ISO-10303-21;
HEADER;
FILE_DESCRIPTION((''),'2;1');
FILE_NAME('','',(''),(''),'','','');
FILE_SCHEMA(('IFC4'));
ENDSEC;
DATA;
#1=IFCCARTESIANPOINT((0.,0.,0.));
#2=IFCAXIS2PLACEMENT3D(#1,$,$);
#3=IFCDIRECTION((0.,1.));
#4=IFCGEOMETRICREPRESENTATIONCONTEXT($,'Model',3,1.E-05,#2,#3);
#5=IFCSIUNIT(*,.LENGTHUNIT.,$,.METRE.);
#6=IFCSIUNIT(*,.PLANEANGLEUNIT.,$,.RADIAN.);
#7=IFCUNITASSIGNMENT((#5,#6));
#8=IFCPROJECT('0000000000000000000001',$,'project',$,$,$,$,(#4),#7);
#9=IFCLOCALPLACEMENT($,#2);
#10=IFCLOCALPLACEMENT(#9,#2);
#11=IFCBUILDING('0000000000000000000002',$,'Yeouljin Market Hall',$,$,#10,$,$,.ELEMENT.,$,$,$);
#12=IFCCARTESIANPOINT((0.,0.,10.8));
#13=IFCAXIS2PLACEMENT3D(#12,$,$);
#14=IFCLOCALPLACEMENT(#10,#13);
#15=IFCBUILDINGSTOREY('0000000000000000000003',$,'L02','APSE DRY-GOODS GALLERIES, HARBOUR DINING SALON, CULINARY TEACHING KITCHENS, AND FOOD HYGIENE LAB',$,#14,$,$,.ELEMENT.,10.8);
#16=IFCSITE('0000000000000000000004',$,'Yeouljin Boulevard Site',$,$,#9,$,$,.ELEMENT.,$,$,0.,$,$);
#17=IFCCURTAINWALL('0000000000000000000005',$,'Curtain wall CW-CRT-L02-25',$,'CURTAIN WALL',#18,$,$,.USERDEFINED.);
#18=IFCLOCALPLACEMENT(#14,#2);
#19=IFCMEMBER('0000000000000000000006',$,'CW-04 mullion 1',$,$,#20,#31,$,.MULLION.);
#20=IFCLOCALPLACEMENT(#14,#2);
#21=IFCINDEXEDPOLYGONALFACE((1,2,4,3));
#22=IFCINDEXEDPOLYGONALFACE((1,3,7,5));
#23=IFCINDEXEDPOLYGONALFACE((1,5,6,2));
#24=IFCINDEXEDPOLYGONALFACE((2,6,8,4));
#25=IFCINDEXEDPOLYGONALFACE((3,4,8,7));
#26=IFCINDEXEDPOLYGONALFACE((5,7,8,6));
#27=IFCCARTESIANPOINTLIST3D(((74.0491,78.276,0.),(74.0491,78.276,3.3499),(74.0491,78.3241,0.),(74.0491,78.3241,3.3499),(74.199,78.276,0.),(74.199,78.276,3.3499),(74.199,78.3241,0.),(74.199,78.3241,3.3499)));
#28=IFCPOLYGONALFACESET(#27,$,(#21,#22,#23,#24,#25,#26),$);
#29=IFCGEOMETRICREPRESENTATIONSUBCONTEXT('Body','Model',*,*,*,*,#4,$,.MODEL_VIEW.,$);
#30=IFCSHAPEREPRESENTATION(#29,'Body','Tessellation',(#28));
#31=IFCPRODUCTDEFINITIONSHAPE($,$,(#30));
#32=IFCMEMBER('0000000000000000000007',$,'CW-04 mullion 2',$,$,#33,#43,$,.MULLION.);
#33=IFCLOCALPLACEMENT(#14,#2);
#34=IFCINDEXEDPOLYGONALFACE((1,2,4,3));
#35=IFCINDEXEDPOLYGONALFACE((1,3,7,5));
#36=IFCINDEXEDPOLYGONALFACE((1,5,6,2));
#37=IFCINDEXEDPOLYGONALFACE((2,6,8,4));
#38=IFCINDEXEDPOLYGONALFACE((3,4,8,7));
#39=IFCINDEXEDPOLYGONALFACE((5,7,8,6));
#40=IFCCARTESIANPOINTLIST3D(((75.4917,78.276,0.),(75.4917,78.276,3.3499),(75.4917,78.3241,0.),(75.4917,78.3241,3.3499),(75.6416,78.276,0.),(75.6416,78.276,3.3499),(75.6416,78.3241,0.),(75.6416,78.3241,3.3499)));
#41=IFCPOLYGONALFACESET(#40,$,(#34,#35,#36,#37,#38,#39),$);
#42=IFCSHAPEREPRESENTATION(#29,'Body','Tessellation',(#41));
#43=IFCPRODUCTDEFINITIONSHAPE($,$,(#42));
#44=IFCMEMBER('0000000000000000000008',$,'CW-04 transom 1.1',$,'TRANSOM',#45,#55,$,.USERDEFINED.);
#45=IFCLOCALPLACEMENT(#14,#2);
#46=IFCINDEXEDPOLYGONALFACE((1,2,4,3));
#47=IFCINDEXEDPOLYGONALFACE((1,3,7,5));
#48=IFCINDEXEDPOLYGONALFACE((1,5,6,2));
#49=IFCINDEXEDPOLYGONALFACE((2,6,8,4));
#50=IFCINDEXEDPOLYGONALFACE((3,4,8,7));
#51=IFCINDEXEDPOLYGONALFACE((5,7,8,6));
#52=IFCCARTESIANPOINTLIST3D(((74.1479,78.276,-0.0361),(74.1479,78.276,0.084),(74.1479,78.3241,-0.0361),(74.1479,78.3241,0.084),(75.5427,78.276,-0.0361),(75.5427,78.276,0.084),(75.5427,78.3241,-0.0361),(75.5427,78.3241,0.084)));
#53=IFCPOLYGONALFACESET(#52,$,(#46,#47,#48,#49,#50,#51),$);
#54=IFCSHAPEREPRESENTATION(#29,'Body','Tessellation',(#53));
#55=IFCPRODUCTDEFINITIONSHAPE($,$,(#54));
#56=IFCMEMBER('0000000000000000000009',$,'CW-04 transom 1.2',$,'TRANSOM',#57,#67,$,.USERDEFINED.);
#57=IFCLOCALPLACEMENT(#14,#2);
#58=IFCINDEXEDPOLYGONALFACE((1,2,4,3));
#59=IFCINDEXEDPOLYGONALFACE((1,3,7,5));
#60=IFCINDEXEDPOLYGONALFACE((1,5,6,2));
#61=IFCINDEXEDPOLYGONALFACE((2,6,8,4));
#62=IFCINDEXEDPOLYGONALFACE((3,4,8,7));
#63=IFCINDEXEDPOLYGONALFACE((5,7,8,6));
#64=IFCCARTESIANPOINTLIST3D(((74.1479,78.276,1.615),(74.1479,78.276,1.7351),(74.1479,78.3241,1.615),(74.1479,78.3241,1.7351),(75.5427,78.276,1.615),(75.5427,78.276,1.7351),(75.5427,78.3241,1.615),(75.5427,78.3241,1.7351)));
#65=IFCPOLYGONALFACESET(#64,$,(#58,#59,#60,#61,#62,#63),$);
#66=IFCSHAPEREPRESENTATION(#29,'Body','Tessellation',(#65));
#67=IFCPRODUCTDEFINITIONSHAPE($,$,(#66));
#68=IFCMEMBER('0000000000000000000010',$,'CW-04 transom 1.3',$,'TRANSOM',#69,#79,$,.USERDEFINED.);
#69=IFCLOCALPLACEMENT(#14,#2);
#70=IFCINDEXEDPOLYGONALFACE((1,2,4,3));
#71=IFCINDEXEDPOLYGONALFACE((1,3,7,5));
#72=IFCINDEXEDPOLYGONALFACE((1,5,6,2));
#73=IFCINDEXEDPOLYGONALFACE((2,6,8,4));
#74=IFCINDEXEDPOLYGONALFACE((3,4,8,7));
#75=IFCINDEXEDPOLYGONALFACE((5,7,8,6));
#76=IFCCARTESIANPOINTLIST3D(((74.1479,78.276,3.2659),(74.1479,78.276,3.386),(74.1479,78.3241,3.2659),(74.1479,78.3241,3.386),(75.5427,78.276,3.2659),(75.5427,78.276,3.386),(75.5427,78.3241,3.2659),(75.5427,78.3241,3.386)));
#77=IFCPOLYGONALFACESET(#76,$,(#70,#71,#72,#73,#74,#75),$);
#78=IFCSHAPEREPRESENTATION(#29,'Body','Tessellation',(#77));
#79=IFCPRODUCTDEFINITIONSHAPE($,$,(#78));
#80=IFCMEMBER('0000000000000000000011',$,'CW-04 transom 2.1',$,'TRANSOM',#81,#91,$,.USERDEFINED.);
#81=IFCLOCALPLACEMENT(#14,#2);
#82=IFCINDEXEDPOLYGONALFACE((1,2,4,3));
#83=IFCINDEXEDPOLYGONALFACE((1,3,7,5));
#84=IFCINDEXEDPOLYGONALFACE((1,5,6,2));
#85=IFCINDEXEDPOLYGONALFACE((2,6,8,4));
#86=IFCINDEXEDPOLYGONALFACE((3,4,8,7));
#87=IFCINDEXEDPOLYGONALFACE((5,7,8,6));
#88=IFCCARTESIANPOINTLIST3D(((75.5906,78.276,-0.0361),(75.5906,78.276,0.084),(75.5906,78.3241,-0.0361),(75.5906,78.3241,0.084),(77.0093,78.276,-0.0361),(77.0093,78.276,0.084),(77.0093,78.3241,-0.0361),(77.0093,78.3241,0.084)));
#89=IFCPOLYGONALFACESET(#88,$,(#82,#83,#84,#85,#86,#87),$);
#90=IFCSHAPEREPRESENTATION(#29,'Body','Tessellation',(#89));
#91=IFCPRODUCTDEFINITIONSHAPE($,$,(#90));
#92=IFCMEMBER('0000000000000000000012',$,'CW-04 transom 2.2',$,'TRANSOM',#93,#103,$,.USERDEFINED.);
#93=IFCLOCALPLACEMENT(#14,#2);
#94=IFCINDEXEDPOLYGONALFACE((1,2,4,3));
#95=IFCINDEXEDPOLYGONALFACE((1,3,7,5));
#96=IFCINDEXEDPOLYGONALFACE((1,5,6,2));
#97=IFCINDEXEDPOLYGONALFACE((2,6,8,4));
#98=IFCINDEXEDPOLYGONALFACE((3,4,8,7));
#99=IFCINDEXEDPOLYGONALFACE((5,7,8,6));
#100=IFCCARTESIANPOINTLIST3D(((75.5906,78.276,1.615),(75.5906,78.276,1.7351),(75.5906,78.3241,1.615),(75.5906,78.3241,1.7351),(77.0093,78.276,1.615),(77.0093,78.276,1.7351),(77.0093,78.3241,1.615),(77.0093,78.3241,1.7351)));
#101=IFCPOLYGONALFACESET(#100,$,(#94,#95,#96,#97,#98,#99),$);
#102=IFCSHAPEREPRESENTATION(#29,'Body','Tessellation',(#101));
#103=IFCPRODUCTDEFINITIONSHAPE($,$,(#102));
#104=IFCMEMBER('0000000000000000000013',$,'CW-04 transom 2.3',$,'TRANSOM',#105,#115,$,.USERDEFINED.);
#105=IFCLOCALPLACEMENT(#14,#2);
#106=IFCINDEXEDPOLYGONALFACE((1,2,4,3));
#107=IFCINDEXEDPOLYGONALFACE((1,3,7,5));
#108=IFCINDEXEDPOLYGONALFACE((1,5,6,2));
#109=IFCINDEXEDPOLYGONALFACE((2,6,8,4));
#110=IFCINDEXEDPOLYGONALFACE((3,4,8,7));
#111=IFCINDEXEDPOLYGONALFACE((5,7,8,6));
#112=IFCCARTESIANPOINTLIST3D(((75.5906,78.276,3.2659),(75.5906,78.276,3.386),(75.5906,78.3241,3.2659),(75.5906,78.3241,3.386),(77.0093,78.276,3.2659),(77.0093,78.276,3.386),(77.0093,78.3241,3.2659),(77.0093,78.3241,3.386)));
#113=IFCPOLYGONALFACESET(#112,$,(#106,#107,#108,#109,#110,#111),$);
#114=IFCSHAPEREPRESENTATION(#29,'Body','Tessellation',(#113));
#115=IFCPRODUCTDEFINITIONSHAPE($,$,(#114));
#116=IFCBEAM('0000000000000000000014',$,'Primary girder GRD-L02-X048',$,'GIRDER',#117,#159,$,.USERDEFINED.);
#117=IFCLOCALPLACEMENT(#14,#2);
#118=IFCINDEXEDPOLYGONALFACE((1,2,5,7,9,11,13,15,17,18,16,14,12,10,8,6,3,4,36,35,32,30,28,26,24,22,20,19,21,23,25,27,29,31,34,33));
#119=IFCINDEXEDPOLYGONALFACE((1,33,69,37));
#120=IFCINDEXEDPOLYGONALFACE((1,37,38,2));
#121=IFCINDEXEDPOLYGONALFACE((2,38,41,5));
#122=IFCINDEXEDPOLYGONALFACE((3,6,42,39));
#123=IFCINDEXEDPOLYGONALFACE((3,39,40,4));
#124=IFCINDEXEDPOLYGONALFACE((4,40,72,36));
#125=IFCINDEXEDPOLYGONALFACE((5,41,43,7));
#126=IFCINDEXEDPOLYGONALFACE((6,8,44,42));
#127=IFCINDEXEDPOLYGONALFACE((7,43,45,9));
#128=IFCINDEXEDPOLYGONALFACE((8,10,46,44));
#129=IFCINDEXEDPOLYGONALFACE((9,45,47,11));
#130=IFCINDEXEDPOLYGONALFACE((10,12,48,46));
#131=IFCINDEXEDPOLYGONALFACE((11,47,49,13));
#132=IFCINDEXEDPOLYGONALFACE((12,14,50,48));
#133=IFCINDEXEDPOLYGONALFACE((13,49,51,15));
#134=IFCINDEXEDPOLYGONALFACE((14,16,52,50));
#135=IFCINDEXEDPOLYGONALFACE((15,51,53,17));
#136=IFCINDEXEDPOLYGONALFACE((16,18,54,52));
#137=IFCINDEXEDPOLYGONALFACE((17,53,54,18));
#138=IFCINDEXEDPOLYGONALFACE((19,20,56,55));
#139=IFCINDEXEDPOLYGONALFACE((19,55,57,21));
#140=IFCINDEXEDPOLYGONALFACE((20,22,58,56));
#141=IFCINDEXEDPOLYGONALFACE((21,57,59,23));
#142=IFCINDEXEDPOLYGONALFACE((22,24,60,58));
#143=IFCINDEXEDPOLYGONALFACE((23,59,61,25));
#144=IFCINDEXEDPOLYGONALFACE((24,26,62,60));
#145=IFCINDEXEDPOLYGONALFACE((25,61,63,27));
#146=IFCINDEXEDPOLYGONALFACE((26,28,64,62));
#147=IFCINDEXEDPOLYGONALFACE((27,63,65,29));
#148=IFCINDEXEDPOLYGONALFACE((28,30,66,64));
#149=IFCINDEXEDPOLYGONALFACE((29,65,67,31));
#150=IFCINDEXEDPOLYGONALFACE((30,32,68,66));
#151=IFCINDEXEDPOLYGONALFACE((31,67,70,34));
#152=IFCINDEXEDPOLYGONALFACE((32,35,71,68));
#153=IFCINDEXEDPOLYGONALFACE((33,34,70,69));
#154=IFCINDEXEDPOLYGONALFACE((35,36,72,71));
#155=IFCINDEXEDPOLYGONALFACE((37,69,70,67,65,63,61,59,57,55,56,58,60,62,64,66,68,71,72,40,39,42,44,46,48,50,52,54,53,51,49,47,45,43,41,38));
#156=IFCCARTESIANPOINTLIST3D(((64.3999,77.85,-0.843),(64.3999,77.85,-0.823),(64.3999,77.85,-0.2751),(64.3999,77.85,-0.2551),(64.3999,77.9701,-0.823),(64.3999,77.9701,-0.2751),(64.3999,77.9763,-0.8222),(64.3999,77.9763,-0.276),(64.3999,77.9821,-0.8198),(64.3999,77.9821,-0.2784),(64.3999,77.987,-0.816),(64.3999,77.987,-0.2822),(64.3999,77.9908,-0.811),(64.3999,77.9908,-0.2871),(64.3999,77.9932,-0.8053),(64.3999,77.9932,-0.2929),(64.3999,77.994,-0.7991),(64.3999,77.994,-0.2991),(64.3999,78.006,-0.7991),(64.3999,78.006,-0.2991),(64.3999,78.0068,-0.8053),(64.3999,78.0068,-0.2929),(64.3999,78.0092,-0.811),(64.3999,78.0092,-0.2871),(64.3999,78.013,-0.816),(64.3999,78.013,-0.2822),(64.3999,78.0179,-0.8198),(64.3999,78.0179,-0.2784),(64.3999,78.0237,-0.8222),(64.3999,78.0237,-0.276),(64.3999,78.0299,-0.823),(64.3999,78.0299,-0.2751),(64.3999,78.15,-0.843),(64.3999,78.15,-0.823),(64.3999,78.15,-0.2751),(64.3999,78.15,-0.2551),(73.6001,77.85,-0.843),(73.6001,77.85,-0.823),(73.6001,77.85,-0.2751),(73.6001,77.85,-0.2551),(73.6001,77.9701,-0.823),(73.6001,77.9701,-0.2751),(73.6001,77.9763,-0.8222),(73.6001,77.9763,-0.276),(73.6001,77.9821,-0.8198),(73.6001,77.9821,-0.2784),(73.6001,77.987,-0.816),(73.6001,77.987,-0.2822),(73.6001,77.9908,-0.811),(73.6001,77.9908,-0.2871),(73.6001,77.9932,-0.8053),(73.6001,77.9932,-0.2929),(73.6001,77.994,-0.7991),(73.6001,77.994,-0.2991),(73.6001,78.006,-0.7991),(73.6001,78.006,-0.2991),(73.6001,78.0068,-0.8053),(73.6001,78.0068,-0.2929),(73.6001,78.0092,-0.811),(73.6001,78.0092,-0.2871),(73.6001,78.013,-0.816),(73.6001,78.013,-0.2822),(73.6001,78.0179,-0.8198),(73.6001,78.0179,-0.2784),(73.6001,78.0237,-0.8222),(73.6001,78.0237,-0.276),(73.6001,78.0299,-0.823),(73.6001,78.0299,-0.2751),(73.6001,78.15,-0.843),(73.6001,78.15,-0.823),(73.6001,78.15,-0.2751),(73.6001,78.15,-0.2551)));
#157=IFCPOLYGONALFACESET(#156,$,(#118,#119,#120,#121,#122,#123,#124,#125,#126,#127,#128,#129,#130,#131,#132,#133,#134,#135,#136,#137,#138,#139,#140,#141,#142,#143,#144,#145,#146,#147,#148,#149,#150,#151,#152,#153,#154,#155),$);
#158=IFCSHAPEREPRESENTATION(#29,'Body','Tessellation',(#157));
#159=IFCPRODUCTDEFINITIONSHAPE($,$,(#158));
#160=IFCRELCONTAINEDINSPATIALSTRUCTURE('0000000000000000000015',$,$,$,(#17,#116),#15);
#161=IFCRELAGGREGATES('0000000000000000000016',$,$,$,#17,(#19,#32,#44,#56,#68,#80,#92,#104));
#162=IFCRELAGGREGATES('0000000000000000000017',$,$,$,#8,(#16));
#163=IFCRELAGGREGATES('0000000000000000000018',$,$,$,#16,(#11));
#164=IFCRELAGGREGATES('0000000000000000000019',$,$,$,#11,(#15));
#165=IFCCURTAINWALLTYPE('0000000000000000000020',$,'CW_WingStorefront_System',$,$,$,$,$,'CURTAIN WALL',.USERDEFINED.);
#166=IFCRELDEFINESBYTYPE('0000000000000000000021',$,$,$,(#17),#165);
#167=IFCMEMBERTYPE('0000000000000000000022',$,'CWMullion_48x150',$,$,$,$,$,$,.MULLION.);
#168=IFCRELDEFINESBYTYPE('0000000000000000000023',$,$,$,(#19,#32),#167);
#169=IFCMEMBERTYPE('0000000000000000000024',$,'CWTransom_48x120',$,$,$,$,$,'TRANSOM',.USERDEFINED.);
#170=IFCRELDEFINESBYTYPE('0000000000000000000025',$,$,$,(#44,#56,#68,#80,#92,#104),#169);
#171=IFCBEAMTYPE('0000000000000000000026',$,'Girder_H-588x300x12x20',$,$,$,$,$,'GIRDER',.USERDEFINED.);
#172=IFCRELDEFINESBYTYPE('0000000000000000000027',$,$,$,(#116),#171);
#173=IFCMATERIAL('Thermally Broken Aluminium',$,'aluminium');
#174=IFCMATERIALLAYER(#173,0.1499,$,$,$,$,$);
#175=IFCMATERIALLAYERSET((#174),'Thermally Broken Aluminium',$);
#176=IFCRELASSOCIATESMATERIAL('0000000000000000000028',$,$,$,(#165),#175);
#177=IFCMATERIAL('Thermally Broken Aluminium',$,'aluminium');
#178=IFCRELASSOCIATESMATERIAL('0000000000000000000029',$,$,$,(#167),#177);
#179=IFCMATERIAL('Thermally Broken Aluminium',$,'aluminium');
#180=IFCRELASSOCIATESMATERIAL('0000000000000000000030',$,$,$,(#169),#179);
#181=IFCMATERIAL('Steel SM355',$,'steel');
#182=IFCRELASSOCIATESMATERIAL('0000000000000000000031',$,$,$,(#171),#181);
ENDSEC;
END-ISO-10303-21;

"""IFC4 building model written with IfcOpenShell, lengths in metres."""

from ifc_helpers import new_model, si_unit, direction, frame, origin, origin_2d, place, context, subcontext, project, spatial, rectangle, i_section, extrude, material, layer, layer_set, material_profile, profile_set, type_object, element, aggregate, save


model = new_model("IFC4")

# Units and contexts
model_context = context("Model", 3, precision=1e-05, world=origin(), true_north=direction((0.0, 1.0)))
body_context = subcontext(model_context, "Body", "Model", "MODEL_VIEW")
ifc_project = project(units=[si_unit("LENGTHUNIT", "METRE"), si_unit("PLANEANGLEUNIT", "RADIAN")], contexts=[model_context])

# Site, building, storey
site_placement = place(None, origin())
site = spatial("IfcSite", under=ifc_project, at=site_placement, Name="Yeouljin Boulevard Site", CompositionType="ELEMENT", RefElevation=0.0)
building_placement = place(site_placement, origin())
building = spatial("IfcBuilding", under=site, at=building_placement, Name="Yeouljin Market Hall", CompositionType="ELEMENT")
storey_placement = place(building_placement, frame((0.0, 0.0, 10.8)))
storey = spatial("IfcBuildingStorey", under=building, at=storey_placement, Name="L02", Description="APSE DRY-GOODS GALLERIES, HARBOUR DINING SALON, CULINARY TEACHING KITCHENS, AND FOOD HYGIENE LAB", CompositionType="ELEMENT", Elevation=10.8)

# Curtain wall, members
ifc_material_1 = material(Name="Thermally Broken Aluminium", Category="aluminium")
ifc_layer_1 = layer(ifc_material_1, 0.1499)
ifc_layer_set_1 = layer_set([ifc_layer_1], Name="Thermally Broken Aluminium")
curtain_wall_type = type_object("IfcCurtainWallType", Name="CW_WingStorefront_System", ElementType="CURTAIN WALL", PredefinedType="USERDEFINED", material=ifc_layer_set_1)
curtain_wall_placement = place(storey_placement, origin())
curtain_wall = element("IfcCurtainWall", 1, at=curtain_wall_placement, inside=storey, type_object=curtain_wall_type, Name="Curtain wall CW-CRT-L02-25", ObjectType="CURTAIN WALL", PredefinedType="USERDEFINED")
ifc_material_2 = material(Name="Thermally Broken Aluminium", Category="aluminium")
ifc_material_profile_1 = material_profile(ifc_material_2, rectangle(XDim=0.0481, YDim=0.1499, at=origin_2d()), Name="CW-MULL-48x150")
ifc_profile_set_1 = profile_set([ifc_material_profile_1], Name="Thermally Broken Aluminium")
member_type_1 = type_object("IfcMemberType", Name="CWMullion_48x150", PredefinedType="MULLION", material=ifc_profile_set_1)
member_1_placement = place(storey_placement, frame((74.124, 78.3, 0.0), z_axis=(0.0, 0.0, 1.0), x_axis=(0.0, 1.0, 0.0)))
member_1 = element("IfcMember", 2, at=member_1_placement, type_object=member_type_1, Name="CW-04 mullion 1", PredefinedType="MULLION", context=body_context, shape_type="SweptSolid", body=[
    extrude(rectangle(XDim=0.0481, YDim=0.1499, at=origin_2d()), origin(), (0.0, 0.0, 1.0), 3.3499),
])
member_2_placement = place(storey_placement, frame((75.5667, 78.3, 0.0), z_axis=(0.0, 0.0, 1.0), x_axis=(0.0, 1.0, 0.0)))
member_2 = element("IfcMember", 3, at=member_2_placement, type_object=member_type_1, Name="CW-04 mullion 2", PredefinedType="MULLION", context=body_context, shape_type="SweptSolid", body=[
    extrude(rectangle(XDim=0.0481, YDim=0.1499, at=origin_2d()), origin(), (0.0, 0.0, 1.0), 3.3499),
])
ifc_material_3 = material(Name="Thermally Broken Aluminium", Category="aluminium")
ifc_material_profile_2 = material_profile(ifc_material_3, rectangle(XDim=0.0481, YDim=0.1201, at=origin_2d()), Name="CW-TRAN-48x120")
ifc_profile_set_2 = profile_set([ifc_material_profile_2], Name="Thermally Broken Aluminium")
member_type_2 = type_object("IfcMemberType", Name="CWTransom_48x120", ElementType="TRANSOM", PredefinedType="USERDEFINED", material=ifc_profile_set_2)
member_3_placement = place(storey_placement, frame((74.1479, 78.3, 0.0239), z_axis=(1.0, 0.0, 0.0), x_axis=(0.0, 1.0, 0.0)))
member_3 = element("IfcMember", 4, at=member_3_placement, type_object=member_type_2, Name="CW-04 transom 1.1", ObjectType="TRANSOM", PredefinedType="USERDEFINED", context=body_context, shape_type="SweptSolid", body=[
    extrude(rectangle(XDim=0.0481, YDim=0.1201, at=origin_2d()), origin(), (0.0, 0.0, 1.0), 1.3948),
])
member_4_placement = place(storey_placement, frame((74.1479, 78.3, 1.675), z_axis=(1.0, 0.0, 0.0), x_axis=(0.0, 1.0, 0.0)))
member_4 = element("IfcMember", 5, at=member_4_placement, type_object=member_type_2, Name="CW-04 transom 1.2", ObjectType="TRANSOM", PredefinedType="USERDEFINED", context=body_context, shape_type="SweptSolid", body=[
    extrude(rectangle(XDim=0.0481, YDim=0.1201, at=origin_2d()), origin(), (0.0, 0.0, 1.0), 1.3948),
])
member_5_placement = place(storey_placement, frame((74.1479, 78.3, 3.3259), z_axis=(1.0, 0.0, 0.0), x_axis=(0.0, 1.0, 0.0)))
member_5 = element("IfcMember", 6, at=member_5_placement, type_object=member_type_2, Name="CW-04 transom 1.3", ObjectType="TRANSOM", PredefinedType="USERDEFINED", context=body_context, shape_type="SweptSolid", body=[
    extrude(rectangle(XDim=0.0481, YDim=0.1201, at=origin_2d()), origin(), (0.0, 0.0, 1.0), 1.3948),
])
member_6_placement = place(storey_placement, frame((75.5906, 78.3, 0.0239), z_axis=(1.0, 0.0, 0.0), x_axis=(0.0, 1.0, 0.0)))
member_6 = element("IfcMember", 7, at=member_6_placement, type_object=member_type_2, Name="CW-04 transom 2.1", ObjectType="TRANSOM", PredefinedType="USERDEFINED", context=body_context, shape_type="SweptSolid", body=[
    extrude(rectangle(XDim=0.0481, YDim=0.1201, at=origin_2d()), origin(), (0.0, 0.0, 1.0), 1.4187),
])
member_7_placement = place(storey_placement, frame((75.5906, 78.3, 1.675), z_axis=(1.0, 0.0, 0.0), x_axis=(0.0, 1.0, 0.0)))
member_7 = element("IfcMember", 8, at=member_7_placement, type_object=member_type_2, Name="CW-04 transom 2.2", ObjectType="TRANSOM", PredefinedType="USERDEFINED", context=body_context, shape_type="SweptSolid", body=[
    extrude(rectangle(XDim=0.0481, YDim=0.1201, at=origin_2d()), origin(), (0.0, 0.0, 1.0), 1.4187),
])
member_8_placement = place(storey_placement, frame((75.5906, 78.3, 3.3259), z_axis=(1.0, 0.0, 0.0), x_axis=(0.0, 1.0, 0.0)))
member_8 = element("IfcMember", 9, at=member_8_placement, type_object=member_type_2, Name="CW-04 transom 2.3", ObjectType="TRANSOM", PredefinedType="USERDEFINED", context=body_context, shape_type="SweptSolid", body=[
    extrude(rectangle(XDim=0.0481, YDim=0.1201, at=origin_2d()), origin(), (0.0, 0.0, 1.0), 1.4187),
])

# Beam
ifc_material_4 = material(Name="Steel SM355", Category="steel")
ifc_material_profile_3 = material_profile(ifc_material_4, i_section(OverallWidth=0.3, OverallDepth=0.5879, WebThickness=0.012, FlangeThickness=0.02, FilletRadius=0.0239, at=origin_2d()), Name="H-588x300x12x20")
ifc_profile_set_3 = profile_set([ifc_material_profile_3], Name="Steel SM355")
beam_type_1 = type_object("IfcBeamType", Name="Girder_H-588x300x12x20", ElementType="GIRDER", PredefinedType="USERDEFINED", material=ifc_profile_set_3)
beam_1_placement = place(storey_placement, frame((64.3999, 78.0, -0.5491), z_axis=(1.0, 0.0, 0.0), x_axis=(0.0, 1.0, 0.0)))
element("IfcBeam", 10, at=beam_1_placement, inside=storey, type_object=beam_type_1, Name="Primary girder GRD-L02-X048", ObjectType="GIRDER", PredefinedType="USERDEFINED", context=body_context, shape_type="SweptSolid", body=[
    extrude(i_section(OverallWidth=0.3, OverallDepth=0.5879, WebThickness=0.012, FlangeThickness=0.02, FilletRadius=0.0239, at=origin_2d()), origin(), (0.0, 0.0, 1.0), 9.2002),
])

aggregate(curtain_wall, [member_1, member_2, member_3, member_4, member_5, member_6, member_7, member_8])

save(model, "model.ifc")
